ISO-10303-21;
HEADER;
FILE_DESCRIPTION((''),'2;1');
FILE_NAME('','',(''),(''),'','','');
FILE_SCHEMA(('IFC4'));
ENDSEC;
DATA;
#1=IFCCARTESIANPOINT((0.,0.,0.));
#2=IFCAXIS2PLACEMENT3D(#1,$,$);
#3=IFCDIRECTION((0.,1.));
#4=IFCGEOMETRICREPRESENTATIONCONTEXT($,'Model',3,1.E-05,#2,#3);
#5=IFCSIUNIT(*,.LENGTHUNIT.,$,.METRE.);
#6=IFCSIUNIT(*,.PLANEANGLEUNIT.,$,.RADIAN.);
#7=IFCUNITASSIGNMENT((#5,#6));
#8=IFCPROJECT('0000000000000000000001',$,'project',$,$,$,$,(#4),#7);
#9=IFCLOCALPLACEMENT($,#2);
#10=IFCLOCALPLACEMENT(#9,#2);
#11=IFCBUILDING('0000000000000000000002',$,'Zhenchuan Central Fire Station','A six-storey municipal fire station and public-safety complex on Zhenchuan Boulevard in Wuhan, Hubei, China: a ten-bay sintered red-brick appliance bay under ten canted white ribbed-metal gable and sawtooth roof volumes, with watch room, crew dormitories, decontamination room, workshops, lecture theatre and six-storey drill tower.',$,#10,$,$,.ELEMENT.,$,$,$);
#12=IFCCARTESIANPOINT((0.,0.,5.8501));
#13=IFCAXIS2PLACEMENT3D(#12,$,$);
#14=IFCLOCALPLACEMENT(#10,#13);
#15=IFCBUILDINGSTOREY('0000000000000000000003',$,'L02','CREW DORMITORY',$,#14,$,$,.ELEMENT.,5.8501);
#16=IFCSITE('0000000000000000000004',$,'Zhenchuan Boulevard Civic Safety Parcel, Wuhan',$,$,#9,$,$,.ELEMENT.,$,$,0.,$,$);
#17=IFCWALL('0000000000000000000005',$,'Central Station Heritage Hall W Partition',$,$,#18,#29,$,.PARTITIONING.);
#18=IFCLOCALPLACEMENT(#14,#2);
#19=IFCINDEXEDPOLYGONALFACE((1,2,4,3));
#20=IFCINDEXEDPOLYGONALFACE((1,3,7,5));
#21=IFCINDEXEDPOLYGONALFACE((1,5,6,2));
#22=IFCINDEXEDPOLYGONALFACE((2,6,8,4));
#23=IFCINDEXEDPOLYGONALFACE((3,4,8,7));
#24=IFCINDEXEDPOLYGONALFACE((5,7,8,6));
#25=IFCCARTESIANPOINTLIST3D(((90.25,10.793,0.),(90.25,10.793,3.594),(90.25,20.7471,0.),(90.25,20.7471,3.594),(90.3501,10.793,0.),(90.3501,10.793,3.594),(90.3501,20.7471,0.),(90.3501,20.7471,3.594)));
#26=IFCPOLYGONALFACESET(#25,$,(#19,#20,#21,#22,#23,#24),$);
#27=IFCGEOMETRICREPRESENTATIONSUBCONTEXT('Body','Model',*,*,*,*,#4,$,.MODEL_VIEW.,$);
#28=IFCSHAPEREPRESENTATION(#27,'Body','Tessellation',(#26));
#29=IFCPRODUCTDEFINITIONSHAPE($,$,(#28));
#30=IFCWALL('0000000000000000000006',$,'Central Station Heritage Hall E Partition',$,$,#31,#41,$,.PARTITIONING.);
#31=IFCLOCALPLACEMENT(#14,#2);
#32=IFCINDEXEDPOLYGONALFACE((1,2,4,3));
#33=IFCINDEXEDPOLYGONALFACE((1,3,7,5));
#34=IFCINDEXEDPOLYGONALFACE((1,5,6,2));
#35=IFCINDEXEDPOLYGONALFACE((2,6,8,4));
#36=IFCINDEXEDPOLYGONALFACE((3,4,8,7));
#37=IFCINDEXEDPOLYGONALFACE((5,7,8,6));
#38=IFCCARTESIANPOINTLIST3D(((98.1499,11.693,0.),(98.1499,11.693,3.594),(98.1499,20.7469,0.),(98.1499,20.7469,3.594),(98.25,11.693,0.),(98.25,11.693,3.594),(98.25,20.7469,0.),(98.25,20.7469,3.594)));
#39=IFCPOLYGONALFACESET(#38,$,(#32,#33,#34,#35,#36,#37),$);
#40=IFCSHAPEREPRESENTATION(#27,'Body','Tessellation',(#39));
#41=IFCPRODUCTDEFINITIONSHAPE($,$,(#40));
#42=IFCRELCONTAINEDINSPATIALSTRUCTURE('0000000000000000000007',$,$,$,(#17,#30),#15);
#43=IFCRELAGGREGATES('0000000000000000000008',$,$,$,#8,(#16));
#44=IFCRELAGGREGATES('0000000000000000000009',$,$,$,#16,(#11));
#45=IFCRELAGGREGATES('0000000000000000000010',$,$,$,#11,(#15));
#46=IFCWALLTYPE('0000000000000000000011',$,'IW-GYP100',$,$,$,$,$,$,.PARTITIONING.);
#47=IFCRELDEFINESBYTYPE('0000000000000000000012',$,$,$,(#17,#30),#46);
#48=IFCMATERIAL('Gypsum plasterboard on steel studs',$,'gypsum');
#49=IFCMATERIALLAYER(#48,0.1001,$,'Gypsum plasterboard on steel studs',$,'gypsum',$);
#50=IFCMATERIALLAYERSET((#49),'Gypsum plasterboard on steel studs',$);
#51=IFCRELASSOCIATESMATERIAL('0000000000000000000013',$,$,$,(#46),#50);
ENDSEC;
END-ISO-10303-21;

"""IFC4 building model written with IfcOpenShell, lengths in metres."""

from ifc_helpers import new_model, si_unit, direction, frame, frame_2d, origin, place, context, subcontext, project, spatial, rectangle, extrude, material, layer, layer_set, type_object, element, save


model = new_model("IFC4")

# Units and contexts
model_context = context("Model", 3, precision=1e-05, world=origin(), true_north=direction((0.0, 1.0)))
body_context = subcontext(model_context, "Body", "Model", "MODEL_VIEW")
ifc_project = project(units=[si_unit("LENGTHUNIT", "METRE"), si_unit("PLANEANGLEUNIT", "RADIAN")], contexts=[model_context])

# Site, building, storey
site_placement = place(None, origin())
site = spatial("IfcSite", under=ifc_project, at=site_placement, Name="Zhenchuan Boulevard Civic Safety Parcel, Wuhan", CompositionType="ELEMENT", RefElevation=0.0)
building_placement = place(site_placement, origin())
building = spatial("IfcBuilding", under=site, at=building_placement, Name="Zhenchuan Central Fire Station", Description="A six-storey municipal fire station and public-safety complex on Zhenchuan Boulevard in Wuhan, Hubei, China: a ten-bay sintered red-brick appliance bay under ten canted white ribbed-metal gable and sawtooth roof volumes, with watch room, crew dormitories, decontamination room, workshops, lecture theatre and six-storey drill tower.", CompositionType="ELEMENT")
storey_placement = place(building_placement, frame((0.0, 0.0, 5.8501)))
storey = spatial("IfcBuildingStorey", under=building, at=storey_placement, Name="L02", Description="CREW DORMITORY", CompositionType="ELEMENT", Elevation=5.8501)

# Walls
ifc_material_1 = material(Name="Gypsum plasterboard on steel studs", Category="gypsum")
ifc_layer_1 = layer(ifc_material_1, 0.1001, Name="Gypsum plasterboard on steel studs", Category="gypsum")
ifc_layer_set_1 = layer_set([ifc_layer_1], Name="Gypsum plasterboard on steel studs")
wall_type_1 = type_object("IfcWallType", Name="IW-GYP100", PredefinedType="PARTITIONING", material=ifc_layer_set_1)
wall_1_placement = place(storey_placement, frame((90.3, 10.793, 0.0), z_axis=(0.0, 0.0, 1.0), x_axis=(0.0, 1.0, 0.0)))
element("IfcWall", 1, at=wall_1_placement, inside=storey, type_object=wall_type_1, Name="Central Station Heritage Hall W Partition", PredefinedType="PARTITIONING", context=body_context, shape_type="SweptSolid", body=[
    extrude(rectangle(XDim=9.9541, YDim=0.1001, at=frame_2d((4.9771, 0.0))), origin(), (0.0, 0.0, 1.0), 3.594),
])
wall_2_placement = place(storey_placement, frame((98.2, 11.6931, 0.0), z_axis=(0.0, 0.0, 1.0), x_axis=(0.0, 1.0, 0.0)))
element("IfcWall", 2, at=wall_2_placement, inside=storey, type_object=wall_type_1, Name="Central Station Heritage Hall E Partition", PredefinedType="PARTITIONING", context=body_context, shape_type="SweptSolid", body=[
    extrude(rectangle(XDim=9.054, YDim=0.1001, at=frame_2d((4.5269, 0.0))), origin(), (0.0, 0.0, 1.0), 3.594),
])

save(model, "model.ifc")
